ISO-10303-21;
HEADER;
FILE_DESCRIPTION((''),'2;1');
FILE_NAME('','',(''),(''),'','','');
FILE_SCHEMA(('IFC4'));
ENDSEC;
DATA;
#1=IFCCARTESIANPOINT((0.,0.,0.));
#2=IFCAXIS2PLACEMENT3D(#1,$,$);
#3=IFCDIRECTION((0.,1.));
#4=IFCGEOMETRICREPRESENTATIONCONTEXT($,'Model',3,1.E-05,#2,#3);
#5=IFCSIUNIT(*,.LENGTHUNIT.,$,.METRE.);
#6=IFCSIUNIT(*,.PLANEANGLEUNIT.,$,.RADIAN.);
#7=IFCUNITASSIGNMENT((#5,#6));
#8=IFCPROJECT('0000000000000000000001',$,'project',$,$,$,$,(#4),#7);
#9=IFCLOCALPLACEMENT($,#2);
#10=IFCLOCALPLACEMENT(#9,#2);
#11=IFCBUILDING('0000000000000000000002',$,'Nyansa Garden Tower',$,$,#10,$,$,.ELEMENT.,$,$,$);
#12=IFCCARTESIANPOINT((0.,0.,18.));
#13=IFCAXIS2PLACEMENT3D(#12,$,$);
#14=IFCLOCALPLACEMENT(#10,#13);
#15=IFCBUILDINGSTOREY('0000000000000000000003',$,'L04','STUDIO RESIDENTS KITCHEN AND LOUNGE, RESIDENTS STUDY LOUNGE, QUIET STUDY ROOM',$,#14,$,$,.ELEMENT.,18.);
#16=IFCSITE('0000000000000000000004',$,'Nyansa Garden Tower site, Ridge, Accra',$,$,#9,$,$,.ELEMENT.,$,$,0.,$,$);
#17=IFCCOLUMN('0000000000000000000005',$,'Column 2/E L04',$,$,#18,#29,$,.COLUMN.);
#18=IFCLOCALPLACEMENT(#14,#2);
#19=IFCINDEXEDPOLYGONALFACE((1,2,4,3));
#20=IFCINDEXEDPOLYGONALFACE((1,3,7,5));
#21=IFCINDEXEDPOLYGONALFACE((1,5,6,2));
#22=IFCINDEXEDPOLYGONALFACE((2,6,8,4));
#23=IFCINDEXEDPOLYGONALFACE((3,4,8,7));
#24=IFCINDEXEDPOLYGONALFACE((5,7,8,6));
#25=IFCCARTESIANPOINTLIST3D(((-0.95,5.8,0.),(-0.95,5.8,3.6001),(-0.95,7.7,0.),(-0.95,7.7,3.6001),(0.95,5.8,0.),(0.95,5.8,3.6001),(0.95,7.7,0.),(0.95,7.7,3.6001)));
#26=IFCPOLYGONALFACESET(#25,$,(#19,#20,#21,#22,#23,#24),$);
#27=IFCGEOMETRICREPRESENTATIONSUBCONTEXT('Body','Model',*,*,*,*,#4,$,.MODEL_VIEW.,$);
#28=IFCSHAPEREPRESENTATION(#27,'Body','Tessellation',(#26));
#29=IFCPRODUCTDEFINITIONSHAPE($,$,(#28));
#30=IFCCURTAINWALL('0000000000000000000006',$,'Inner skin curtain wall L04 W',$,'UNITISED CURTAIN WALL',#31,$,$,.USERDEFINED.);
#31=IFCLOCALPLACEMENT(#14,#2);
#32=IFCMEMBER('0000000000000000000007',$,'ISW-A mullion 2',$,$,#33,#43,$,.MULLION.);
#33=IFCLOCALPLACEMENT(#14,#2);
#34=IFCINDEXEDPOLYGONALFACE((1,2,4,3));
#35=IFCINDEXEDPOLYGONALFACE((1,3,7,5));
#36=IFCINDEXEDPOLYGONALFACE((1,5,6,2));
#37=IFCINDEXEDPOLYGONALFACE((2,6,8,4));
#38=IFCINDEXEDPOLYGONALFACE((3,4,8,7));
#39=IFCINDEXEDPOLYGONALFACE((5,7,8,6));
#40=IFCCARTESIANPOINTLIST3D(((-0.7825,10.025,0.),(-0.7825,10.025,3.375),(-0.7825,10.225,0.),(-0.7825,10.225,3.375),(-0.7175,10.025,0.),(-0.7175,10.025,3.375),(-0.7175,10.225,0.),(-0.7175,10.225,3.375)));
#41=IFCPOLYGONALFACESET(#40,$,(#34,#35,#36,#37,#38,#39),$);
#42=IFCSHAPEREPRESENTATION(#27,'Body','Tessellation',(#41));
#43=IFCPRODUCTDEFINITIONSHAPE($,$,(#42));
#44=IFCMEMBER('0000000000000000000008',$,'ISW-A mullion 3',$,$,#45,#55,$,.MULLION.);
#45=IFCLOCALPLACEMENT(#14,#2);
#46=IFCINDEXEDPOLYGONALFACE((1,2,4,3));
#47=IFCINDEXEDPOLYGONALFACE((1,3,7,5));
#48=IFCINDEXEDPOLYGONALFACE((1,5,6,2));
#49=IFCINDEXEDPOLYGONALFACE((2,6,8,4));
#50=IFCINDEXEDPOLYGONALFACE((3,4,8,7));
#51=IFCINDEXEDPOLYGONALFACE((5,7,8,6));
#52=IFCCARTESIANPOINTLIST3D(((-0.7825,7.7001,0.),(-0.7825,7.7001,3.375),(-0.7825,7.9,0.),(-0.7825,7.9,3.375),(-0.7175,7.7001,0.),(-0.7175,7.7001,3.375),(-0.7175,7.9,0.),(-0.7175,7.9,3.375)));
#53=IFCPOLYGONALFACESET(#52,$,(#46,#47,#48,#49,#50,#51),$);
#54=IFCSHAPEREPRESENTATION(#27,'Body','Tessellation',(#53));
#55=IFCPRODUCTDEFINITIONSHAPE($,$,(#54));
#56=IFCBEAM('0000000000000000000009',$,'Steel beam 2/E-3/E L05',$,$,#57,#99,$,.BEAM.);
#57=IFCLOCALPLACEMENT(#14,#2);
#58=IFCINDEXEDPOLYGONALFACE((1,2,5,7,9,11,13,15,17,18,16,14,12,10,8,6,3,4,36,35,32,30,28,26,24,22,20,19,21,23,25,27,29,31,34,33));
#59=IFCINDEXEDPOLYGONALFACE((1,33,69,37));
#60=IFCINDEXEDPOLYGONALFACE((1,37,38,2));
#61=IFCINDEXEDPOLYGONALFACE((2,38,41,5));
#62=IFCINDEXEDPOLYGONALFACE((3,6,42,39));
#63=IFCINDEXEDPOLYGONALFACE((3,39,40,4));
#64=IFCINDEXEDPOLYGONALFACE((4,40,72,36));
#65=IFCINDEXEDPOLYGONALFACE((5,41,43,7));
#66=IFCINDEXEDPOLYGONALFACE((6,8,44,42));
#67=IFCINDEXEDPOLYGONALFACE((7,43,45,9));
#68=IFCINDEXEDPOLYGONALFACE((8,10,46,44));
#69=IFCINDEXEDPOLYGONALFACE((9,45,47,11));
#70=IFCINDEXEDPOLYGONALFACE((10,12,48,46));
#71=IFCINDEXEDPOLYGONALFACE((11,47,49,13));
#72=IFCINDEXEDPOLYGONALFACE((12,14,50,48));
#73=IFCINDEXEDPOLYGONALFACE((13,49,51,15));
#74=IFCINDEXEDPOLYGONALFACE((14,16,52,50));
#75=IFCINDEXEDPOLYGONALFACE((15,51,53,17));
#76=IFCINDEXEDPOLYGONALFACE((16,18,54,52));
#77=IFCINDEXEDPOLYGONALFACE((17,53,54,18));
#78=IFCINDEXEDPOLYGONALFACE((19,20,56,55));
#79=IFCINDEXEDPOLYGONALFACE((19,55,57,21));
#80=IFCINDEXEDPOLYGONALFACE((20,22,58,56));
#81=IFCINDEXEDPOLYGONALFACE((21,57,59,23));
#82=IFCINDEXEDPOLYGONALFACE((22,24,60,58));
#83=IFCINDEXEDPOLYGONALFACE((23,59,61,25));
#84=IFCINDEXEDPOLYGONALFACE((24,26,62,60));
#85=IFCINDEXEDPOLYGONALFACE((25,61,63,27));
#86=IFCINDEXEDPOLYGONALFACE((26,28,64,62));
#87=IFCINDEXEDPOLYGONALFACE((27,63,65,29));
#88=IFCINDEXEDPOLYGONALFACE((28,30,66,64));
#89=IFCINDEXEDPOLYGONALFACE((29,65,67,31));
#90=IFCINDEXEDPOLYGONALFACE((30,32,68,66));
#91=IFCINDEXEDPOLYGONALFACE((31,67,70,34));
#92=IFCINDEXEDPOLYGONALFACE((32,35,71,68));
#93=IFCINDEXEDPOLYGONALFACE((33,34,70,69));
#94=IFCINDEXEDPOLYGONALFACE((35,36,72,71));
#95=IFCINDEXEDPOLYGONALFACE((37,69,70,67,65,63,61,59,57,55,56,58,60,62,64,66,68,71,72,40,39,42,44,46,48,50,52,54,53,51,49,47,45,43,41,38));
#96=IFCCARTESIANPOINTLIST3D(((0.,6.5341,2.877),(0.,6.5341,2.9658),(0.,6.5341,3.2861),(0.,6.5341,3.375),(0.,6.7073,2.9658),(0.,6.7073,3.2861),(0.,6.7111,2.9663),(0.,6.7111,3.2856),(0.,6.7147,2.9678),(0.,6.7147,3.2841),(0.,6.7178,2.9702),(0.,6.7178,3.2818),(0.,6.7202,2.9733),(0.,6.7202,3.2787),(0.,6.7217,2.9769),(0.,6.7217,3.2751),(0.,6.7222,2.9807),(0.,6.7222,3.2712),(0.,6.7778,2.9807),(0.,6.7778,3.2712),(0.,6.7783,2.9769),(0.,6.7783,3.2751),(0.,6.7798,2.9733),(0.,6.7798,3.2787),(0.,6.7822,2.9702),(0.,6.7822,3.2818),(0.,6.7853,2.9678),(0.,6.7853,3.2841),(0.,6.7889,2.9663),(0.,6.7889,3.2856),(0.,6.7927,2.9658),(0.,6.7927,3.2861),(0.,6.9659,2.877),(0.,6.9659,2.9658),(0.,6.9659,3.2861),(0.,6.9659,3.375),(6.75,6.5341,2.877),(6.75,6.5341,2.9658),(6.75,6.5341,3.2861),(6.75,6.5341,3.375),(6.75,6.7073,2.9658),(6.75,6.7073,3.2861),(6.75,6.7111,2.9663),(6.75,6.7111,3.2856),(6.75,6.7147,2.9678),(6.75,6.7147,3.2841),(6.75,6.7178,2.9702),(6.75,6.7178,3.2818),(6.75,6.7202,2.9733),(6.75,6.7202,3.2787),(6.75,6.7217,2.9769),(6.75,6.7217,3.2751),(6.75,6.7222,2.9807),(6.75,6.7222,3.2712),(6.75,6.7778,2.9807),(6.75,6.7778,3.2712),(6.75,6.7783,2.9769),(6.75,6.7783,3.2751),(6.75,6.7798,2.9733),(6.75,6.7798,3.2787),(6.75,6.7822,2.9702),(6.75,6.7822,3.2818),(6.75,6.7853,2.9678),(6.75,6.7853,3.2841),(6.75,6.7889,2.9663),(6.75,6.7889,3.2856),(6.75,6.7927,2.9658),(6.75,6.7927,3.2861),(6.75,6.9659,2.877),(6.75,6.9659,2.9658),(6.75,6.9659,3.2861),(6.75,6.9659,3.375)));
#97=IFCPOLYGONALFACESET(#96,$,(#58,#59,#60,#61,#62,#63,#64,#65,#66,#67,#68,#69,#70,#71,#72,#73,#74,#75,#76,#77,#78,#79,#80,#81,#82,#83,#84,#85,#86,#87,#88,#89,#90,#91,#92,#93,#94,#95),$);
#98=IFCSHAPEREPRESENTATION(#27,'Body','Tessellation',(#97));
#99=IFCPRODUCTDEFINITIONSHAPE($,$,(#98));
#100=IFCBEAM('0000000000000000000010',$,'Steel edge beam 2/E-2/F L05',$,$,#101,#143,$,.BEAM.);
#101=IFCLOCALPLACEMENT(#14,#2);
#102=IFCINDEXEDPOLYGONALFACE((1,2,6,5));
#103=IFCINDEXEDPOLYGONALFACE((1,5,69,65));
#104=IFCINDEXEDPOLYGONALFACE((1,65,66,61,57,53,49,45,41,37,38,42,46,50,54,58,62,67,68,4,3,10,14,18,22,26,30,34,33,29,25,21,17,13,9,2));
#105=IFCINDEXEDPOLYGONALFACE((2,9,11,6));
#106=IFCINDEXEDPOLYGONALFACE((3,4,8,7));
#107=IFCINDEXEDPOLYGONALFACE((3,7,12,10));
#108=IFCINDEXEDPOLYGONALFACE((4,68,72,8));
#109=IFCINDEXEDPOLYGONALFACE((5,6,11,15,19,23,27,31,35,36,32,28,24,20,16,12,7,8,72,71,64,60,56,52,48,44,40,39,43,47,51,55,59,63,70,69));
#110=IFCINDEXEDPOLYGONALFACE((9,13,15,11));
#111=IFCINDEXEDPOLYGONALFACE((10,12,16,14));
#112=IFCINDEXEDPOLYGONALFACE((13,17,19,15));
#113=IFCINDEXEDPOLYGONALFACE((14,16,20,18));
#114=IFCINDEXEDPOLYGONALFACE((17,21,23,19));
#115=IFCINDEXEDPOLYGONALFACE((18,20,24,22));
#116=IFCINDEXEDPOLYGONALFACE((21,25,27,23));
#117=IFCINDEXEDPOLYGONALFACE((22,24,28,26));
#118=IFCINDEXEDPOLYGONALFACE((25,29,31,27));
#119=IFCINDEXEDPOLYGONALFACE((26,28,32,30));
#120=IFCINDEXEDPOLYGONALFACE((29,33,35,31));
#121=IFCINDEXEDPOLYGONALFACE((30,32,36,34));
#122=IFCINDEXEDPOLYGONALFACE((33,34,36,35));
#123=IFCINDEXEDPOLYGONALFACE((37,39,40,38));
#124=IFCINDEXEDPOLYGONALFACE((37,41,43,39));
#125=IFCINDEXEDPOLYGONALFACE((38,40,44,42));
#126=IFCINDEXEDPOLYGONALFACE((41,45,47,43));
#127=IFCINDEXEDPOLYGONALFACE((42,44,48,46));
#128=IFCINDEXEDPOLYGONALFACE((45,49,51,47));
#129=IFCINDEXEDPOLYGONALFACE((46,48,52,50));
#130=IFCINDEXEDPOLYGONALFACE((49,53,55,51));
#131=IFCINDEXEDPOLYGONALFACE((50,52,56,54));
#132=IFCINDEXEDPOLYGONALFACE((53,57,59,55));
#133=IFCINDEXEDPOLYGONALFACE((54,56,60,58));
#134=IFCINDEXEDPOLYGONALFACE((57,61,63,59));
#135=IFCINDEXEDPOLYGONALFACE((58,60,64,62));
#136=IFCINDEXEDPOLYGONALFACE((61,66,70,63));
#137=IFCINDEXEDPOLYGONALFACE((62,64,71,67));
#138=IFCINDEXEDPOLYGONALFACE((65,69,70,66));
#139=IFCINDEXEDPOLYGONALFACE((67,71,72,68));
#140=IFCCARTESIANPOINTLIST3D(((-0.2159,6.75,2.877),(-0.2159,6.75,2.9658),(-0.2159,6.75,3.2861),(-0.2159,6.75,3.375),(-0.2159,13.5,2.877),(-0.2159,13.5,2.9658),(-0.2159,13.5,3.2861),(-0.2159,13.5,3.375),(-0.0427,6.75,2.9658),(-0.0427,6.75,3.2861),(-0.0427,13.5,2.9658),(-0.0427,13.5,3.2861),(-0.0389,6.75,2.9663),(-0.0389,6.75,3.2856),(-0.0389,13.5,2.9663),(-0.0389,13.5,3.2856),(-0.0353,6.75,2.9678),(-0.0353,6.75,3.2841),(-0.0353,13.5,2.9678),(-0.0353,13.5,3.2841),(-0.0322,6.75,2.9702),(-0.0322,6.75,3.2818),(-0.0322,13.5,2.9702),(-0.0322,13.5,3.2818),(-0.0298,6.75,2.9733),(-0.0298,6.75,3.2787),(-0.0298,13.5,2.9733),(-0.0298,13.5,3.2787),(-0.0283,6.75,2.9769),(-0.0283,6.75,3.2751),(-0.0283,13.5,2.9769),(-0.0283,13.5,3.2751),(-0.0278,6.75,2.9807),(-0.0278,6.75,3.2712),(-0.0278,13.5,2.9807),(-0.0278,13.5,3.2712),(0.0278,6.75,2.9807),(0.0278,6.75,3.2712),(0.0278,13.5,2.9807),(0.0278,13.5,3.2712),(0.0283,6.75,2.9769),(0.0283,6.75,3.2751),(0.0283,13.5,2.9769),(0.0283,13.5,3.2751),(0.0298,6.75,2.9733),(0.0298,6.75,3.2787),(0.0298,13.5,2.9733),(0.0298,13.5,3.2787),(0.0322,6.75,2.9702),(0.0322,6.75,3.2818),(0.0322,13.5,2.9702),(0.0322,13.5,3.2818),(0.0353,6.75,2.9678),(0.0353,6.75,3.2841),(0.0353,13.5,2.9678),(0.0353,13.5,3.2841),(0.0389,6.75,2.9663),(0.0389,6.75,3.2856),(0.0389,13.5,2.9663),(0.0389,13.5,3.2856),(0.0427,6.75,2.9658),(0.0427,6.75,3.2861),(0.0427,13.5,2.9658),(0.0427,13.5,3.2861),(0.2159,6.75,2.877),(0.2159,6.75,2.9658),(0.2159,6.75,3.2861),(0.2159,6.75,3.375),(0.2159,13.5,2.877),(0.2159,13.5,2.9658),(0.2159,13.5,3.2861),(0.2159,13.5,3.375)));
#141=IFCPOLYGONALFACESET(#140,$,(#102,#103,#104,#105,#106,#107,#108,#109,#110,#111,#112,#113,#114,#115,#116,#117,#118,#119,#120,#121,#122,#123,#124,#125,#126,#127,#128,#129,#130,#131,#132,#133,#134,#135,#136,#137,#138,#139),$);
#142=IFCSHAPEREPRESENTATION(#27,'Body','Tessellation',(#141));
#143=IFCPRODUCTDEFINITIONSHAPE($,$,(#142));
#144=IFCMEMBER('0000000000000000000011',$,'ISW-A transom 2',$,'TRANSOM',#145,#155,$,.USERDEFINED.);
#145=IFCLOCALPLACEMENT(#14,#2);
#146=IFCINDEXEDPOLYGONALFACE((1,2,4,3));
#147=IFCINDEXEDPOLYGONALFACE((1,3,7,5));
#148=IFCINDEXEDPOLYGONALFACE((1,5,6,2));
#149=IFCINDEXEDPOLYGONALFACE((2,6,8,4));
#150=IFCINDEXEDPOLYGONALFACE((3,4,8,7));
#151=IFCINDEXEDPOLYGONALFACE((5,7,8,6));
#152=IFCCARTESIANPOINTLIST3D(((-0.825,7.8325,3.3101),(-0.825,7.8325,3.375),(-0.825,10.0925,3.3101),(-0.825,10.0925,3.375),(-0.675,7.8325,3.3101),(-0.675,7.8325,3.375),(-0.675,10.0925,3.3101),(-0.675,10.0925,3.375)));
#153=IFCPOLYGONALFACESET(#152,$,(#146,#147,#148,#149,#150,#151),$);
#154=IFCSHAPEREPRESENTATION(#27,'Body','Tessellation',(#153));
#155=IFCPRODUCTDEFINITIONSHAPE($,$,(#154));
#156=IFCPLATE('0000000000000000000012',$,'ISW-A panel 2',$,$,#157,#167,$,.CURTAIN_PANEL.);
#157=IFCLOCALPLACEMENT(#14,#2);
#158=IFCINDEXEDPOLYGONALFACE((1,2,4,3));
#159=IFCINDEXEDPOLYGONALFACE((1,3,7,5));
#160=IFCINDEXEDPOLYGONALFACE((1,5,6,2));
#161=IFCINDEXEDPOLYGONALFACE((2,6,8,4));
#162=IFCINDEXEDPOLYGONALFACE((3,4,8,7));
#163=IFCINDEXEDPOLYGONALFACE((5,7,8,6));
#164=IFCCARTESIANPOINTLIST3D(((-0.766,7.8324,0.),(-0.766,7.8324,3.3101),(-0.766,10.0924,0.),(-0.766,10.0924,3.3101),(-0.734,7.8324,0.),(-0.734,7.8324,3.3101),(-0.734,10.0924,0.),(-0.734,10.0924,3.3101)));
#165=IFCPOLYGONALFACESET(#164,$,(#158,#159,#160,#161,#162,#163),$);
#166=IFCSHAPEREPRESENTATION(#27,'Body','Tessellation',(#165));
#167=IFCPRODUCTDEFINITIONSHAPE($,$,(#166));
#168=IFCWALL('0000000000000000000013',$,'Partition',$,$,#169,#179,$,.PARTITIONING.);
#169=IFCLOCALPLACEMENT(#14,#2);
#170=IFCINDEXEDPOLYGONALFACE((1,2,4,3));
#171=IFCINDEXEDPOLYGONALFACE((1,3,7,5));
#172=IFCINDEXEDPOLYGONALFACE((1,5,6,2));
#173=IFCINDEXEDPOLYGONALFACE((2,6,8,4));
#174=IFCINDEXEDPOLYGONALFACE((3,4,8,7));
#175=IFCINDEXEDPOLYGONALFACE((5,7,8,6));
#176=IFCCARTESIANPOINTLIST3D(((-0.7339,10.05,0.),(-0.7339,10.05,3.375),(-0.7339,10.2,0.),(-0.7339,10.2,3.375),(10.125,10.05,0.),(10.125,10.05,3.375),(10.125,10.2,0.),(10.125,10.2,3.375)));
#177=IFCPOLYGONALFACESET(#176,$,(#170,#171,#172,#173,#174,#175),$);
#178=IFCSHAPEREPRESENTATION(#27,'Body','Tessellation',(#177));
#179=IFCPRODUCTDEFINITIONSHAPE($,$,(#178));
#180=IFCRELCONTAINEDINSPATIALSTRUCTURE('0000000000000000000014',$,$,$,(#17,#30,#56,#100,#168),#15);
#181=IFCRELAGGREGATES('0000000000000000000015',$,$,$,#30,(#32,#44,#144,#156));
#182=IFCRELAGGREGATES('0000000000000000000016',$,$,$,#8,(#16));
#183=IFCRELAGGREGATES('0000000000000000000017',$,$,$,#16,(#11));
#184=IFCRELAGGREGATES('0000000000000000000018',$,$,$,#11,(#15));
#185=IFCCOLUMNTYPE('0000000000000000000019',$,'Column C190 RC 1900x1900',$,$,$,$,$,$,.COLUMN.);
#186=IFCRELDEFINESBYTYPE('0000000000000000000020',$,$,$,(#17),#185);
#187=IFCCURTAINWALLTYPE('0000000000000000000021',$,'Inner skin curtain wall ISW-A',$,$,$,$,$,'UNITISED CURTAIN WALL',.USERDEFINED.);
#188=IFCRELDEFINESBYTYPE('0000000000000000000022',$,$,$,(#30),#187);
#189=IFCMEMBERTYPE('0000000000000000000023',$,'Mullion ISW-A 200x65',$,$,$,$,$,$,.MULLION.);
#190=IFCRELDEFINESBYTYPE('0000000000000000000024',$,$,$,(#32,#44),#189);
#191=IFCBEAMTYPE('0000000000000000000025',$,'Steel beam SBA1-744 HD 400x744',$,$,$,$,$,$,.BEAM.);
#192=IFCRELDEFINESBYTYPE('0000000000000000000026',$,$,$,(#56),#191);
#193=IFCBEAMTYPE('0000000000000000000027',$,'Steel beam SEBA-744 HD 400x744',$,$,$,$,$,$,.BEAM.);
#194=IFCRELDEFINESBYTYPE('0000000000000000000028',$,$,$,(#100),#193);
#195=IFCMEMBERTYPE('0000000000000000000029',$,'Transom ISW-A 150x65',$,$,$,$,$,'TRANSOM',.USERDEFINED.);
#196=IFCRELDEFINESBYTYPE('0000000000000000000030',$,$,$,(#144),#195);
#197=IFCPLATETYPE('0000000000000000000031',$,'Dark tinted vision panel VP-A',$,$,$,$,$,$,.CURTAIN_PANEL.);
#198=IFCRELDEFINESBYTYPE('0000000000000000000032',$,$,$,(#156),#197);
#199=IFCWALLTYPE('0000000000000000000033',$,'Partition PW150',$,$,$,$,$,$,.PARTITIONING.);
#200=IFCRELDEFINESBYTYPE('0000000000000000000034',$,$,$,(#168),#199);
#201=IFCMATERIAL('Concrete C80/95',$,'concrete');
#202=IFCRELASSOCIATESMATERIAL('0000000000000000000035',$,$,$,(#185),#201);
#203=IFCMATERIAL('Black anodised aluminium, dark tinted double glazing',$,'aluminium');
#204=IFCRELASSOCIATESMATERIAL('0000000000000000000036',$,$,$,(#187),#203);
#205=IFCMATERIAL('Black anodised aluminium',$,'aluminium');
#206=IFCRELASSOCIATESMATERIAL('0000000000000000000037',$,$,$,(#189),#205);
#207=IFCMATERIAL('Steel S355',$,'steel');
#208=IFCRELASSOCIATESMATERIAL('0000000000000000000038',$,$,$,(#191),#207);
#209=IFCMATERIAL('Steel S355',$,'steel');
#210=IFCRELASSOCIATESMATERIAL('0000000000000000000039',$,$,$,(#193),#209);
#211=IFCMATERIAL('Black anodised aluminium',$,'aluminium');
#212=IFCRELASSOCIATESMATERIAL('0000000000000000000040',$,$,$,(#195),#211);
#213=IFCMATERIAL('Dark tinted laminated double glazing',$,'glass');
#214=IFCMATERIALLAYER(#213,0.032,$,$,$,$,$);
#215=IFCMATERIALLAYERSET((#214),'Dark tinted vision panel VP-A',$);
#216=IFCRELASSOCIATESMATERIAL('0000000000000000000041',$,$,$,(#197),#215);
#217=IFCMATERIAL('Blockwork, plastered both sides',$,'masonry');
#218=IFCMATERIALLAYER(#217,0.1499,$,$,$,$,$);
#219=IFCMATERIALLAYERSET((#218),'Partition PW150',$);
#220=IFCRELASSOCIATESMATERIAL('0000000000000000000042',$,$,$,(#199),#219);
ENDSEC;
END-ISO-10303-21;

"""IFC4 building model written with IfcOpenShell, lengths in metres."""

from ifc_helpers import new_model, si_unit, direction, frame, frame_2d, origin, origin_2d, place, context, subcontext, project, spatial, rectangle, i_section, extrude, material, layer, layer_set, material_profile, profile_set, type_object, element, aggregate, save


model = new_model("IFC4")

# Units and contexts
model_context = context("Model", 3, precision=1e-05, world=origin(), true_north=direction((0.0, 1.0)))
body_context = subcontext(model_context, "Body", "Model", "MODEL_VIEW")
ifc_project = project(units=[si_unit("LENGTHUNIT", "METRE"), si_unit("PLANEANGLEUNIT", "RADIAN")], contexts=[model_context])

# Site, building, storey
site_placement = place(None, origin())
site = spatial("IfcSite", under=ifc_project, at=site_placement, Name="Nyansa Garden Tower site, Ridge, Accra", CompositionType="ELEMENT", RefElevation=0.0)
building_placement = place(site_placement, origin())
building = spatial("IfcBuilding", under=site, at=building_placement, Name="Nyansa Garden Tower", CompositionType="ELEMENT")
storey_placement = place(building_placement, frame((0.0, 0.0, 18.0)))
storey = spatial("IfcBuildingStorey", under=building, at=storey_placement, Name="L04", Description="STUDIO RESIDENTS KITCHEN AND LOUNGE, RESIDENTS STUDY LOUNGE, QUIET STUDY ROOM", CompositionType="ELEMENT", Elevation=18.0)

# Column
ifc_material_1 = material(Name="Concrete C80/95", Category="concrete")
ifc_material_profile_1 = material_profile(ifc_material_1, rectangle(XDim=1.8999, YDim=1.8999, at=origin_2d()), Name="RC 1900x1900")
ifc_profile_set_1 = profile_set([ifc_material_profile_1], Name="Concrete C80/95")
column_type = type_object("IfcColumnType", Name="Column C190 RC 1900x1900", PredefinedType="COLUMN", material=ifc_profile_set_1)
column_placement = place(storey_placement, frame((0.0, 6.75, 0.0), z_axis=(0.0, 0.0, 1.0), x_axis=(1.0, 0.0, 0.0)))
element("IfcColumn", 1, at=column_placement, inside=storey, type_object=column_type, Name="Column 2/E L04", PredefinedType="COLUMN", context=body_context, shape_type="SweptSolid", body=[
    extrude(rectangle(XDim=1.8999, YDim=1.8999, at=origin_2d()), origin(), (0.0, 0.0, 1.0), 3.6001),
])

# Curtain wall, members
ifc_material_2 = material(Name="Black anodised aluminium, dark tinted double glazing", Category="aluminium")
curtain_wall_type = type_object("IfcCurtainWallType", Name="Inner skin curtain wall ISW-A", ElementType="UNITISED CURTAIN WALL", PredefinedType="USERDEFINED", material=ifc_material_2)
curtain_wall_placement = place(storey_placement, origin())
curtain_wall = element("IfcCurtainWall", 2, at=curtain_wall_placement, inside=storey, type_object=curtain_wall_type, Name="Inner skin curtain wall L04 W", ObjectType="UNITISED CURTAIN WALL", PredefinedType="USERDEFINED")
ifc_material_3 = material(Name="Black anodised aluminium", Category="aluminium")
ifc_material_profile_2 = material_profile(ifc_material_3, rectangle(XDim=0.0649, YDim=0.2, at=origin_2d()), Name="Mullion 200x65")
ifc_profile_set_2 = profile_set([ifc_material_profile_2], Name="Black anodised aluminium")
member_type_1 = type_object("IfcMemberType", Name="Mullion ISW-A 200x65", PredefinedType="MULLION", material=ifc_profile_set_2)
member_1_placement = place(storey_placement, frame((-0.75, 10.125, 0.0), z_axis=(0.0, 0.0, 1.0), x_axis=(1.0, 0.0, 0.0)))
member_1 = element("IfcMember", 3, at=member_1_placement, type_object=member_type_1, Name="ISW-A mullion 2", PredefinedType="MULLION", context=body_context, shape_type="SweptSolid", body=[
    extrude(rectangle(XDim=0.0649, YDim=0.2, at=origin_2d()), origin(), (0.0, 0.0, 1.0), 3.375),
])
member_2_placement = place(storey_placement, frame((-0.75, 7.8, 0.0), z_axis=(0.0, 0.0, 1.0), x_axis=(1.0, 0.0, 0.0)))
member_2 = element("IfcMember", 4, at=member_2_placement, type_object=member_type_1, Name="ISW-A mullion 3", PredefinedType="MULLION", context=body_context, shape_type="SweptSolid", body=[
    extrude(rectangle(XDim=0.0649, YDim=0.2, at=origin_2d()), origin(), (0.0, 0.0, 1.0), 3.375),
])

# Beams
ifc_material_4 = material(Name="Steel S355", Category="steel")
ifc_material_profile_3 = material_profile(ifc_material_4, i_section(OverallWidth=0.4319, OverallDepth=0.498, WebThickness=0.0557, FlangeThickness=0.0889, FilletRadius=0.0149, at=origin_2d()), Name="HD 400x744")
ifc_profile_set_3 = profile_set([ifc_material_profile_3], Name="Steel S355")
beam_type_1 = type_object("IfcBeamType", Name="Steel beam SBA1-744 HD 400x744", PredefinedType="BEAM", material=ifc_profile_set_3)
beam_1_placement = place(storey_placement, frame((0.0, 6.75, 3.126), z_axis=(1.0, 0.0, 0.0), x_axis=(0.0, 1.0, 0.0)))
element("IfcBeam", 5, at=beam_1_placement, inside=storey, type_object=beam_type_1, Name="Steel beam 2/E-3/E L05", PredefinedType="BEAM", context=body_context, shape_type="SweptSolid", body=[
    extrude(i_section(OverallWidth=0.4319, OverallDepth=0.498, WebThickness=0.0557, FlangeThickness=0.0889, FilletRadius=0.0149, at=origin_2d()), origin(), (0.0, 0.0, 1.0), 6.75),
])
ifc_material_5 = material(Name="Steel S355", Category="steel")
ifc_material_profile_4 = material_profile(ifc_material_5, i_section(OverallWidth=0.4319, OverallDepth=0.498, WebThickness=0.0557, FlangeThickness=0.0889, FilletRadius=0.0149, at=origin_2d()), Name="HD 400x744")
ifc_profile_set_4 = profile_set([ifc_material_profile_4], Name="Steel S355")
beam_type_2 = type_object("IfcBeamType", Name="Steel beam SEBA-744 HD 400x744", PredefinedType="BEAM", material=ifc_profile_set_4)
beam_2_placement = place(storey_placement, frame((0.0, 6.75, 3.126), z_axis=(0.0, 1.0, 0.0), x_axis=(-1.0, 0.0, 0.0)))
element("IfcBeam", 6, at=beam_2_placement, inside=storey, type_object=beam_type_2, Name="Steel edge beam 2/E-2/F L05", PredefinedType="BEAM", context=body_context, shape_type="SweptSolid", body=[
    extrude(i_section(OverallWidth=0.4319, OverallDepth=0.498, WebThickness=0.0557, FlangeThickness=0.0889, FilletRadius=0.0149, at=origin_2d()), origin(), (0.0, 0.0, 1.0), 6.75),
])

# Member
ifc_material_6 = material(Name="Black anodised aluminium", Category="aluminium")
ifc_material_profile_5 = material_profile(ifc_material_6, rectangle(XDim=0.1499, YDim=0.0649, at=origin_2d()), Name="Transom 150x65")
ifc_profile_set_5 = profile_set([ifc_material_profile_5], Name="Black anodised aluminium")
member_type_2 = type_object("IfcMemberType", Name="Transom ISW-A 150x65", ElementType="TRANSOM", PredefinedType="USERDEFINED", material=ifc_profile_set_5)
member_3_placement = place(storey_placement, frame((-0.75, 10.0925, 3.3425), z_axis=(0.0, -1.0, 0.0), x_axis=(1.0, 0.0, 0.0)))
member_3 = element("IfcMember", 7, at=member_3_placement, type_object=member_type_2, Name="ISW-A transom 2", ObjectType="TRANSOM", PredefinedType="USERDEFINED", context=body_context, shape_type="SweptSolid", body=[
    extrude(rectangle(XDim=0.1499, YDim=0.0649, at=origin_2d()), origin(), (0.0, 0.0, 1.0), 2.26),
])

# Plate
ifc_material_7 = material(Name="Dark tinted laminated double glazing", Category="glass")
ifc_layer_1 = layer(ifc_material_7, 0.032)
ifc_layer_set_1 = layer_set([ifc_layer_1], Name="Dark tinted vision panel VP-A")
plate_type = type_object("IfcPlateType", Name="Dark tinted vision panel VP-A", PredefinedType="CURTAIN_PANEL", material=ifc_layer_set_1)
plate_placement = place(storey_placement, frame((-0.75, 8.9624, 0.0), z_axis=(0.0, 0.0, 1.0), x_axis=(0.0, -1.0, 0.0)))
plate = element("IfcPlate", 8, at=plate_placement, type_object=plate_type, Name="ISW-A panel 2", PredefinedType="CURTAIN_PANEL", context=body_context, shape_type="SweptSolid", body=[
    extrude(rectangle(XDim=2.26, YDim=0.032, at=origin_2d()), origin(), (0.0, 0.0, 1.0), 3.3101),
])
aggregate(curtain_wall, [member_1, member_2, member_3, plate])

# Wall
ifc_material_8 = material(Name="Blockwork, plastered both sides", Category="masonry")
ifc_layer_2 = layer(ifc_material_8, 0.1499)
ifc_layer_set_2 = layer_set([ifc_layer_2], Name="Partition PW150")
wall_type_1 = type_object("IfcWallType", Name="Partition PW150", PredefinedType="PARTITIONING", material=ifc_layer_set_2)
wall_1_placement = place(storey_placement, frame((-0.7339, 10.125, 0.0), z_axis=(0.0, 0.0, 1.0), x_axis=(1.0, 0.0, 0.0)))
element("IfcWall", 9, at=wall_1_placement, inside=storey, type_object=wall_type_1, Name="Partition", PredefinedType="PARTITIONING", context=body_context, shape_type="SweptSolid", body=[
    extrude(rectangle(XDim=10.8589, YDim=0.1499, at=frame_2d((5.4294, 0.0))), origin(), (0.0, 0.0, 1.0), 3.375),
])

save(model, "model.ifc")
